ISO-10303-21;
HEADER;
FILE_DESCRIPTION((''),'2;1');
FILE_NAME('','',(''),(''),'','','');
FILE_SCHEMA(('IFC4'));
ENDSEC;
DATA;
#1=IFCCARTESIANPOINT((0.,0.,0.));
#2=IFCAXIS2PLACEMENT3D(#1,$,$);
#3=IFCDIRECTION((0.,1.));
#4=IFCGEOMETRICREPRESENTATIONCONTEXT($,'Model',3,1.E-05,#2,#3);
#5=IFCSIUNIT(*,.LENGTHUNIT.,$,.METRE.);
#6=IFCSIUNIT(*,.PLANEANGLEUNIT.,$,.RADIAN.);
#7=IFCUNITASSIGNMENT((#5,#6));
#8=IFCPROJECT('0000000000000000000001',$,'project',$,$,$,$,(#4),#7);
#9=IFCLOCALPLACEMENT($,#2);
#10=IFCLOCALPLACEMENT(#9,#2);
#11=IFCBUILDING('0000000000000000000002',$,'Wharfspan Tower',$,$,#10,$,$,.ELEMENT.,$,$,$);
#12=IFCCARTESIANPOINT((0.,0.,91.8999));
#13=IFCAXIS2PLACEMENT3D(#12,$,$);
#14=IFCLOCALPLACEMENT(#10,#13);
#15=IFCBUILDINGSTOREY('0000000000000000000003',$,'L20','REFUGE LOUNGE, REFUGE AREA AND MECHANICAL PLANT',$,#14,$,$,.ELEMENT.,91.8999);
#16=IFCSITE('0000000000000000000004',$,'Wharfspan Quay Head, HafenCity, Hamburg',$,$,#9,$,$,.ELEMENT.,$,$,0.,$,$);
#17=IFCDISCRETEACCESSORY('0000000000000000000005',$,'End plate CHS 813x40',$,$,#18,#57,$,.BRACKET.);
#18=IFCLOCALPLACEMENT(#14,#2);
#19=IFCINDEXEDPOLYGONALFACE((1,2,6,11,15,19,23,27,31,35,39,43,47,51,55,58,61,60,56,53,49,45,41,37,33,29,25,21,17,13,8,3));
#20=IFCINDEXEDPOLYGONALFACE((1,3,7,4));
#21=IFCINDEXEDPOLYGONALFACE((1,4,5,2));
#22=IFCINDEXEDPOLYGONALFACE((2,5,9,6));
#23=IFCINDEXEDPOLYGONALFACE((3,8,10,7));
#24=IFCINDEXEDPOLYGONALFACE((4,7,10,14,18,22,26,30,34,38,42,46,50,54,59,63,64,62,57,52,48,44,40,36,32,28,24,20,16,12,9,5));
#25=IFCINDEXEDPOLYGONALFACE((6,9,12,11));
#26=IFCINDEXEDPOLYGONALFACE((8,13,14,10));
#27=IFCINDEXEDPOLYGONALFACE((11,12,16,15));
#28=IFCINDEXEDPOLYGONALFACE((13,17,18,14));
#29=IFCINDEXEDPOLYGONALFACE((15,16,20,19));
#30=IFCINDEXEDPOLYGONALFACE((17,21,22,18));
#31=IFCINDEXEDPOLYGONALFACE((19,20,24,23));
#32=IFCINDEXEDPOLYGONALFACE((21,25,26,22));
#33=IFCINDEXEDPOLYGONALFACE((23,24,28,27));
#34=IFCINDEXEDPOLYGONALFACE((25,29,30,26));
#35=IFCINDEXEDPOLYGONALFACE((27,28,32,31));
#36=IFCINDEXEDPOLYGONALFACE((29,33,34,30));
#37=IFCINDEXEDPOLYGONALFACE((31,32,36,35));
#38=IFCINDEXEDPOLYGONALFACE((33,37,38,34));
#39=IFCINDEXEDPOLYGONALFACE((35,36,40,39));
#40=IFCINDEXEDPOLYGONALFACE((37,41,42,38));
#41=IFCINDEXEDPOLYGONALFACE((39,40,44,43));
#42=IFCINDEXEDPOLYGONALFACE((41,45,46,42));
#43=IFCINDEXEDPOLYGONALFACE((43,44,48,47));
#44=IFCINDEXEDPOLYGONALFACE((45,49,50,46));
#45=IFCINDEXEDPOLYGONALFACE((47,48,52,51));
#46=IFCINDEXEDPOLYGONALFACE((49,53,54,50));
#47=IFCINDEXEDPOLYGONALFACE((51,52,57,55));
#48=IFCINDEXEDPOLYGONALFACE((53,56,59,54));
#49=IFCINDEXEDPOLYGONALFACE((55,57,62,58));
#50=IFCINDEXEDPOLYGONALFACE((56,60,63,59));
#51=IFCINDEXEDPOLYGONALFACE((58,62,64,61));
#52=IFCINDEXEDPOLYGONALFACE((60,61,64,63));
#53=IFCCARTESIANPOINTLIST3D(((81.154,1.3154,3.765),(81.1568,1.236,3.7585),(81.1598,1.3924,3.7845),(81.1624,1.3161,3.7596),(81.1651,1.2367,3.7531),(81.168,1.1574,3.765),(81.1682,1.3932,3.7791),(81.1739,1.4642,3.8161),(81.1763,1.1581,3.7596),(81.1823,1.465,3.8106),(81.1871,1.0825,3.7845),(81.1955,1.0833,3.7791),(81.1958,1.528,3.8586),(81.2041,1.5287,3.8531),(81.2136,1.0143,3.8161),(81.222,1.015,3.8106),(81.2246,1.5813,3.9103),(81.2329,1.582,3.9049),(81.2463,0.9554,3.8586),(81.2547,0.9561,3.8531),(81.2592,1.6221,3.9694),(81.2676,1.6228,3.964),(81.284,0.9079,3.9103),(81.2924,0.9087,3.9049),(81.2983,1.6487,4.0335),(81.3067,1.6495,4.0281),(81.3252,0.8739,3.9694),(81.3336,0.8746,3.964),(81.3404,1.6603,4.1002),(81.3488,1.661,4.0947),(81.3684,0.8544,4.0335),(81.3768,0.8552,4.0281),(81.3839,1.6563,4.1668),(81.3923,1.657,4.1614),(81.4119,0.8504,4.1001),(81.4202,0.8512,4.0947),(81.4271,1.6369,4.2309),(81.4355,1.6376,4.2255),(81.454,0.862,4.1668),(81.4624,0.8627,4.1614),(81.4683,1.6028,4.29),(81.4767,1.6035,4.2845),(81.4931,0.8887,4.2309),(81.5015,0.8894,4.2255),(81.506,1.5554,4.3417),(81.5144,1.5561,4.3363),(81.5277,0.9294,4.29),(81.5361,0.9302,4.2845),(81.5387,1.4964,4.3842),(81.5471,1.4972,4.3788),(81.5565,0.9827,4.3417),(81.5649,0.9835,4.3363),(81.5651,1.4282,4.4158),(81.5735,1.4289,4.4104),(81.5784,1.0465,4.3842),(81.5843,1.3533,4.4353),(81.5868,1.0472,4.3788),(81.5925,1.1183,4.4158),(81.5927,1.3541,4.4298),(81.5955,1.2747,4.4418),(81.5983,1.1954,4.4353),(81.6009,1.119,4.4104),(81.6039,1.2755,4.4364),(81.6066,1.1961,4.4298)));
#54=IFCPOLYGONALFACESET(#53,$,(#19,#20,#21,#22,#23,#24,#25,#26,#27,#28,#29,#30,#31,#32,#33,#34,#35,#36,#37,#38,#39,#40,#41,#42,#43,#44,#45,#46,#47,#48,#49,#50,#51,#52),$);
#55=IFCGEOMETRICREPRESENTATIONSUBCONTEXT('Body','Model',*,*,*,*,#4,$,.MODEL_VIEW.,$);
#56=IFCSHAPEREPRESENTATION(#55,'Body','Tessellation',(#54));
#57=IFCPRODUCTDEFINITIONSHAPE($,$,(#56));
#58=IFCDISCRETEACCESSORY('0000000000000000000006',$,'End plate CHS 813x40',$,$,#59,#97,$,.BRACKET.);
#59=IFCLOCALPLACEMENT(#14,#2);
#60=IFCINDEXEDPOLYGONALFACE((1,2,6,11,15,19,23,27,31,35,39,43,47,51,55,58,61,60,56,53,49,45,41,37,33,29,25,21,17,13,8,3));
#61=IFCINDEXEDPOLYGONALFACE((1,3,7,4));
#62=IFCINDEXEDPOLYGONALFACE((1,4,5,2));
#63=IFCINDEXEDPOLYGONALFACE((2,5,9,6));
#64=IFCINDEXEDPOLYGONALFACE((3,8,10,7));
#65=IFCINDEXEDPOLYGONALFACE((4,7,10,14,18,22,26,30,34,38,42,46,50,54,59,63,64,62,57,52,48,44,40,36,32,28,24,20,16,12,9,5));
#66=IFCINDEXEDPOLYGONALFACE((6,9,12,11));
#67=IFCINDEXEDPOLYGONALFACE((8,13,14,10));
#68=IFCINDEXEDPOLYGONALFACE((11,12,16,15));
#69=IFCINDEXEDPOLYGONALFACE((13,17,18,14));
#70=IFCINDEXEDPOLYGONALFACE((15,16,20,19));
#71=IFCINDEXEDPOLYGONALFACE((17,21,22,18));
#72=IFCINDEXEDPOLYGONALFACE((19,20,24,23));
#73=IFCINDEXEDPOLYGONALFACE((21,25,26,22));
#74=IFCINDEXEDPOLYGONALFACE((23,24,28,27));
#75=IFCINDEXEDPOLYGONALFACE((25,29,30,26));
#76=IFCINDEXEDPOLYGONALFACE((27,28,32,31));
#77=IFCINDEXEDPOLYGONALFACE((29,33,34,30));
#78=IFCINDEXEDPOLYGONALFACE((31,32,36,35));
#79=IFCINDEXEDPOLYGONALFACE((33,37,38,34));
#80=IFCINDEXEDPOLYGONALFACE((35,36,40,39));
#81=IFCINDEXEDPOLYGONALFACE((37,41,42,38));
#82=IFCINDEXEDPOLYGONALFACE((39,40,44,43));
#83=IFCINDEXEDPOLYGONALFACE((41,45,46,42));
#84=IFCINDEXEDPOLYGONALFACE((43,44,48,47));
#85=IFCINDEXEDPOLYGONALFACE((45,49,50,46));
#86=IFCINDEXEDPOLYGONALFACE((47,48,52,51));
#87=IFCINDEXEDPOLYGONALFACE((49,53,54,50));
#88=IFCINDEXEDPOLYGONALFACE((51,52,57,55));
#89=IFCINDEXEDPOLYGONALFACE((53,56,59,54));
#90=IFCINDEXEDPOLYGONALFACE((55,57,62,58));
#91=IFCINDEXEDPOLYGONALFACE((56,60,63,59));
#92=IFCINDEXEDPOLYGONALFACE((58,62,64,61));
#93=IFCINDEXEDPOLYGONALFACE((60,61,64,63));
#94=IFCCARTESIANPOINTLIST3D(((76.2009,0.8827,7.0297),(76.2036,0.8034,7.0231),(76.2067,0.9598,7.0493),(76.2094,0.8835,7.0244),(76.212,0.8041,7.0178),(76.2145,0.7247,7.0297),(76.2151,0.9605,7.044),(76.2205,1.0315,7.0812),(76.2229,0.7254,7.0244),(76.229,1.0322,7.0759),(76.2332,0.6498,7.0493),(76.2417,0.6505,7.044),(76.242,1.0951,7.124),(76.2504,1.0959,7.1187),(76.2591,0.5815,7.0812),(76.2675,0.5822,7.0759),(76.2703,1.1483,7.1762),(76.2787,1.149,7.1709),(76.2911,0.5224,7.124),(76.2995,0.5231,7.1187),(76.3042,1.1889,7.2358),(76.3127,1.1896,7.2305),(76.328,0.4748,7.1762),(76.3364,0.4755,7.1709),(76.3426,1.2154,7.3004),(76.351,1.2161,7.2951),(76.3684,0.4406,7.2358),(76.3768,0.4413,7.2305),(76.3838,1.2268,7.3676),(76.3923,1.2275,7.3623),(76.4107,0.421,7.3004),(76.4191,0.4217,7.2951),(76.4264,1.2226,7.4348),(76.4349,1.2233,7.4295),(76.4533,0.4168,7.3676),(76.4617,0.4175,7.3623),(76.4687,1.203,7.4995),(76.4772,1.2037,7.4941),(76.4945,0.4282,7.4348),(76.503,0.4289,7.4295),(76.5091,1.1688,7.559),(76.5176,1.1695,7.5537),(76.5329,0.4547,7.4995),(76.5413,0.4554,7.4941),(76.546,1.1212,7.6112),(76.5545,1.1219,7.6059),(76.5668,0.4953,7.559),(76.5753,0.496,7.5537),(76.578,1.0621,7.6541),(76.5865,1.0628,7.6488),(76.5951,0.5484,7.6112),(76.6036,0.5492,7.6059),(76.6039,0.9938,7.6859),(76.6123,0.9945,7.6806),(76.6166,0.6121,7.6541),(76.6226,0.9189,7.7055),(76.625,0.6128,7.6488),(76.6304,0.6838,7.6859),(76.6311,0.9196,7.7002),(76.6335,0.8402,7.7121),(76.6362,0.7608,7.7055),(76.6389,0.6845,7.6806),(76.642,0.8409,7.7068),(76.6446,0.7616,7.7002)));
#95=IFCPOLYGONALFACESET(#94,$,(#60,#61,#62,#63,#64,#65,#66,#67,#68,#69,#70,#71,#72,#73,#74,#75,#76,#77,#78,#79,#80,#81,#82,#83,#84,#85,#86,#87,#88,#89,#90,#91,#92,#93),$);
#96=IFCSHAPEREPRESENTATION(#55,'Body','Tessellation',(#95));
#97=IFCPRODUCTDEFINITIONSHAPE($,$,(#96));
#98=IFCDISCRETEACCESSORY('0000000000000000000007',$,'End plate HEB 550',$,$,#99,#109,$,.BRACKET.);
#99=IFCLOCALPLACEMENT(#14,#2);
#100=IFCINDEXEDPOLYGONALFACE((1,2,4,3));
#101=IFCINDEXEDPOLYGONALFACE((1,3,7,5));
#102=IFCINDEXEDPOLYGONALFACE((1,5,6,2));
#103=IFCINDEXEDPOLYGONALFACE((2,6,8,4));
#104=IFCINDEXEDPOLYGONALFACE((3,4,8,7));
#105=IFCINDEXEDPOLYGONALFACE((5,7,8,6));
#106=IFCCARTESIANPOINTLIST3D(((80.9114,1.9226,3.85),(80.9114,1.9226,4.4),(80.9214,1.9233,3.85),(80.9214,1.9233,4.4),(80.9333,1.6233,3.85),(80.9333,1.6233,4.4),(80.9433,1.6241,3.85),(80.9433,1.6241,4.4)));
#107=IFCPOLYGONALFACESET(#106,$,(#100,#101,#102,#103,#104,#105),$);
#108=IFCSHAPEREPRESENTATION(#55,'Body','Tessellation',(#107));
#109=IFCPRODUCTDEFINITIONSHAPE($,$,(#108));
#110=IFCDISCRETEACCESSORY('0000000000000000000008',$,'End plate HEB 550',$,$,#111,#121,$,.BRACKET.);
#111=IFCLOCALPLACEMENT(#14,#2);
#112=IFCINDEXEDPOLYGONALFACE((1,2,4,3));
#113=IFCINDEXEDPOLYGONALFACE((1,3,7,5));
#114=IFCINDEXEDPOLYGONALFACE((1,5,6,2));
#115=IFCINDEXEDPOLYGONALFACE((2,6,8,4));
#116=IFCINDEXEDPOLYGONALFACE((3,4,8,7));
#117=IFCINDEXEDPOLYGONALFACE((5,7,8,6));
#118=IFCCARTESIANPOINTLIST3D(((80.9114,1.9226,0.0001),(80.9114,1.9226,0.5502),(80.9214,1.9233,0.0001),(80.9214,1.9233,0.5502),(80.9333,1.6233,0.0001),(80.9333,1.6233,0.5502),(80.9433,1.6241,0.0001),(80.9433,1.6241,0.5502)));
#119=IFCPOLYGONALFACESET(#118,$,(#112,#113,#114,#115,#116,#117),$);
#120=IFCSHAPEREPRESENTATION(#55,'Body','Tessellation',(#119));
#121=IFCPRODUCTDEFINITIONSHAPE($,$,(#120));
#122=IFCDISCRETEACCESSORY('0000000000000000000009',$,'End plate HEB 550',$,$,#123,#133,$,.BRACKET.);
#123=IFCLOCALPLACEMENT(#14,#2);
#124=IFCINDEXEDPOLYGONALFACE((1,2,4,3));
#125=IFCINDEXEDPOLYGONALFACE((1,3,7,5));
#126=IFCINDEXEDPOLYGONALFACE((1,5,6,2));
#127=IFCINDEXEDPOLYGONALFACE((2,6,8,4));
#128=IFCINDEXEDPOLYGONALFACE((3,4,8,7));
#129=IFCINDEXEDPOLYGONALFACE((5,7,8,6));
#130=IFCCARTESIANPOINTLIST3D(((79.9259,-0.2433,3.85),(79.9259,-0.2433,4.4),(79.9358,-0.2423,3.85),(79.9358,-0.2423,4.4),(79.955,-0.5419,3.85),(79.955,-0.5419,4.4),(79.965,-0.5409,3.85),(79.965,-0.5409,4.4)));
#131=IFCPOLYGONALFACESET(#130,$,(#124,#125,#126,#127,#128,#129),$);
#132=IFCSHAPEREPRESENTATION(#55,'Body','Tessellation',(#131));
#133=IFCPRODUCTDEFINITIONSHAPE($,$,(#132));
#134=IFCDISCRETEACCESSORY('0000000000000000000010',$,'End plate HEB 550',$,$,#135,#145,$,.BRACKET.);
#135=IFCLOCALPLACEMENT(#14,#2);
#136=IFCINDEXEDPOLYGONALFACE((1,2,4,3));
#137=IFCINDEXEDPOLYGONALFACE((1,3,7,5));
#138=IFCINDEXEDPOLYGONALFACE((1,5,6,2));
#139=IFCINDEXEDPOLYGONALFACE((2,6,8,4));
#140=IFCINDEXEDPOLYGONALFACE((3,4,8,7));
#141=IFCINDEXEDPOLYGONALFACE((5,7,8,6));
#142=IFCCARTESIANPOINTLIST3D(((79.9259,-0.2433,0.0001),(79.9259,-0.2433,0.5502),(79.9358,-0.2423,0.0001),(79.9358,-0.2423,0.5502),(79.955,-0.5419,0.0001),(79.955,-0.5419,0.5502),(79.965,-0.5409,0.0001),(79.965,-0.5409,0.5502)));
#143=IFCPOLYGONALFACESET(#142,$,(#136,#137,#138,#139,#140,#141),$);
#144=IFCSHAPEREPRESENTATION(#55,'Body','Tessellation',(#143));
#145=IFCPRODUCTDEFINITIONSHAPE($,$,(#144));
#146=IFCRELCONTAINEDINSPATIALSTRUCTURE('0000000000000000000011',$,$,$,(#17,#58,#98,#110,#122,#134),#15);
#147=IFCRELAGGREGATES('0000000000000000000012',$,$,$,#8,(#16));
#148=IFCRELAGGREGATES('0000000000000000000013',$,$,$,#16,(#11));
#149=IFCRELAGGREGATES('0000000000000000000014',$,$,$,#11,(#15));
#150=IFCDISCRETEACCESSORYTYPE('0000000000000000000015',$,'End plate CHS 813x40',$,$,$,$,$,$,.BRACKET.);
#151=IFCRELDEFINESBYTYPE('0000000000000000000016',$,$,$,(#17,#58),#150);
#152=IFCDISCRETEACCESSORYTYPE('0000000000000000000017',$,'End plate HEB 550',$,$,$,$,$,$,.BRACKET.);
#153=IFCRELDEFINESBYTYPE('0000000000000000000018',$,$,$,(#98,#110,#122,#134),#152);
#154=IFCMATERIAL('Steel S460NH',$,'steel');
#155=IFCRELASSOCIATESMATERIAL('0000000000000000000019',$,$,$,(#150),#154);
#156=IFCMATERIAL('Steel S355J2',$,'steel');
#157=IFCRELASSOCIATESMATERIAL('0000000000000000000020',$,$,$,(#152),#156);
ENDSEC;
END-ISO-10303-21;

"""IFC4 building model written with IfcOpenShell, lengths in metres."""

from ifc_helpers import new_model, si_unit, direction, frame, origin, origin_2d, place, context, subcontext, project, spatial, rectangle, circle, extrude, material, material_profile, profile_set, type_object, element, save


model = new_model("IFC4")

# Units and contexts
model_context = context("Model", 3, precision=1e-05, world=origin(), true_north=direction((0.0, 1.0)))
body_context = subcontext(model_context, "Body", "Model", "MODEL_VIEW")
ifc_project = project(units=[si_unit("LENGTHUNIT", "METRE"), si_unit("PLANEANGLEUNIT", "RADIAN")], contexts=[model_context])

# Site, building, storey
site_placement = place(None, origin())
site = spatial("IfcSite", under=ifc_project, at=site_placement, Name="Wharfspan Quay Head, HafenCity, Hamburg", CompositionType="ELEMENT", RefElevation=0.0)
building_placement = place(site_placement, origin())
building = spatial("IfcBuilding", under=site, at=building_placement, Name="Wharfspan Tower", CompositionType="ELEMENT")
storey_placement = place(building_placement, frame((0.0, 0.0, 91.8999)))
storey = spatial("IfcBuildingStorey", under=building, at=storey_placement, Name="L20", Description="REFUGE LOUNGE, REFUGE AREA AND MECHANICAL PLANT", CompositionType="ELEMENT", Elevation=91.8999)

# Shared definitions
ifc_material_1 = material(Name="Steel S355J2", Category="steel")

# Shared definitions
ifc_material_2 = material(Name="Steel S460NH", Category="steel")

# Discrete accessories
ifc_material_profile_1 = material_profile(ifc_material_2, circle(Radius=0.4065, at=origin_2d()))
ifc_profile_set_1 = profile_set([ifc_material_profile_1], Name="Steel S460NH")
discrete_accessory_type_1 = type_object("IfcDiscreteAccessoryType", Name="End plate CHS 813x40", PredefinedType="BRACKET", material=ifc_profile_set_1)
for number, where, z_axis, x_axis, name in (
    (1, (81.3845, 1.2561, 4.0947), (-0.837276, -0.073877, 0.541767), (0.087893, -0.996132, -0.000001), "End plate CHS 813x40"),
    (2, (76.427, 0.8225, 7.3623), (-0.844416, -0.072379, 0.530776), (0.085402, -0.99635, 0.0), "End plate CHS 813x40"),
):
    element("IfcDiscreteAccessory", number, at=place(storey_placement, frame(where, z_axis=z_axis, x_axis=x_axis)), inside=storey, type_object=discrete_accessory_type_1, Name=name, PredefinedType="BRACKET", context=body_context, shape_type="SweptSolid", body=[
        extrude(circle(Radius=0.4065, at=origin_2d()), origin(), (0.0, 0.0, 1.0), 0.01),
    ])
ifc_material_profile_2 = material_profile(ifc_material_1, rectangle(XDim=0.3, YDim=0.55, at=origin_2d()))
ifc_profile_set_2 = profile_set([ifc_material_profile_2], Name="Steel S355J2")
discrete_accessory_type_2 = type_object("IfcDiscreteAccessoryType", Name="End plate HEB 550", PredefinedType="BRACKET", material=ifc_profile_set_2)
for number, where, z_axis, x_axis, name in (
    (3, (80.9224, 1.7729, 4.125), (0.997334, 0.072976, 0.0), (-0.072976, 0.997334, 0.0), "End plate HEB 550"),
    (4, (80.9224, 1.7729, 0.2751), (0.997334, 0.072976, 0.0), (-0.072976, 0.997334, 0.0), "End plate HEB 550"),
    (5, (79.9404, -0.3926, 4.125), (0.995275, 0.0971, 0.0), (-0.0971, 0.995275, 0.0), "End plate HEB 550"),
    (6, (79.9404, -0.3926, 0.2751), (0.995275, 0.0971, 0.0), (-0.0971, 0.995275, 0.0), "End plate HEB 550"),
):
    element("IfcDiscreteAccessory", number, at=place(storey_placement, frame(where, z_axis=z_axis, x_axis=x_axis)), inside=storey, type_object=discrete_accessory_type_2, Name=name, PredefinedType="BRACKET", context=body_context, shape_type="SweptSolid", body=[
        extrude(rectangle(XDim=0.3, YDim=0.55, at=origin_2d()), origin(), (0.0, 0.0, 1.0), 0.01),
    ])

save(model, "model.ifc")
